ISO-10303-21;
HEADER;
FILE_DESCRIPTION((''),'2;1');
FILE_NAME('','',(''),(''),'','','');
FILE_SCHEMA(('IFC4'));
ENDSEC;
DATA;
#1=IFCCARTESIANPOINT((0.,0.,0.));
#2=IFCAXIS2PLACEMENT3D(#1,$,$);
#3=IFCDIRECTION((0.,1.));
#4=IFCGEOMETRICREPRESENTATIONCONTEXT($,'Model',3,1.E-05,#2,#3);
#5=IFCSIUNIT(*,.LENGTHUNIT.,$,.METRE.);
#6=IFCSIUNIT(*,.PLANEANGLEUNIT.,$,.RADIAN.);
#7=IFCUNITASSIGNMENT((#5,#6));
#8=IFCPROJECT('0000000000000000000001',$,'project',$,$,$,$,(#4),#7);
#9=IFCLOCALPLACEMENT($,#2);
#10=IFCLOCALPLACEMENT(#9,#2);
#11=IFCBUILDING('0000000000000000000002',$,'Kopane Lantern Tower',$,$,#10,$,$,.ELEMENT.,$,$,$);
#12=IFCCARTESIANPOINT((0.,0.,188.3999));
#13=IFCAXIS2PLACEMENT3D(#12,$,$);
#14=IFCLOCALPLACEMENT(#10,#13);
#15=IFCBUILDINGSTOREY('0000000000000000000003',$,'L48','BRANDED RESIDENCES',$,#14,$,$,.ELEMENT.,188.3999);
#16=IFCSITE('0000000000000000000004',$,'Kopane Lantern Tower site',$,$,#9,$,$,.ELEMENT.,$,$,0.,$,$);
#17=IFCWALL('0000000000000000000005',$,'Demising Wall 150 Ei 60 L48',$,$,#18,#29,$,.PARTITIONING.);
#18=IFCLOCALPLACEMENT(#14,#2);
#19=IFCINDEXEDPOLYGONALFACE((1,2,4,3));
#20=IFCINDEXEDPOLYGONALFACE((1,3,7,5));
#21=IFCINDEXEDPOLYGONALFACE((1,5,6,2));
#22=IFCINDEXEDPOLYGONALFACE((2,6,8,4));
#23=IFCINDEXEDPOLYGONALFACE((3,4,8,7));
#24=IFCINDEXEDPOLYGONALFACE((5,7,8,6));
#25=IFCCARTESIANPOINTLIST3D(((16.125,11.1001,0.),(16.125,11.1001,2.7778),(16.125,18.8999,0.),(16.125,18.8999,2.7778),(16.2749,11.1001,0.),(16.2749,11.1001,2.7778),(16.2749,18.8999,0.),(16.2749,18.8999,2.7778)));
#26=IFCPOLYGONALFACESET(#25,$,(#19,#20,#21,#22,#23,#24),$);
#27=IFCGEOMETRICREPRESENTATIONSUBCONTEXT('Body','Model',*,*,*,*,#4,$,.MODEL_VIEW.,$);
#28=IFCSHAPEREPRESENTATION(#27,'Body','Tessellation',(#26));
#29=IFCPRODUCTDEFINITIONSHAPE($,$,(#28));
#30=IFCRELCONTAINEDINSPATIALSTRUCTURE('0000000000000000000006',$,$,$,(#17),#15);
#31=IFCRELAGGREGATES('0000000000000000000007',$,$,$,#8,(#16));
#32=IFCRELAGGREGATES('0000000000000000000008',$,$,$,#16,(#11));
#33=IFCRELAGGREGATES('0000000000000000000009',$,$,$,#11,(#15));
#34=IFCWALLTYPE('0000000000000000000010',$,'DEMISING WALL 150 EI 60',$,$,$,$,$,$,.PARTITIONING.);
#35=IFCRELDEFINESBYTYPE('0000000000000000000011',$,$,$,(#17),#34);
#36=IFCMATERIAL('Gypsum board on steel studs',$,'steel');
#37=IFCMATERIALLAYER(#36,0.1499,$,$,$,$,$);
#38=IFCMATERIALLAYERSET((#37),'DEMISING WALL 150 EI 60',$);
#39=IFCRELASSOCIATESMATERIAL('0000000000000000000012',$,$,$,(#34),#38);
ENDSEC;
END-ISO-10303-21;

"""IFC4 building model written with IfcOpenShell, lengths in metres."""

from ifc_helpers import new_model, si_unit, direction, frame, frame_2d, origin, place, context, subcontext, project, spatial, rectangle, extrude, material, layer, layer_set, type_object, element, save


model = new_model("IFC4")

# Units and contexts
model_context = context("Model", 3, precision=1e-05, world=origin(), true_north=direction((0.0, 1.0)))
body_context = subcontext(model_context, "Body", "Model", "MODEL_VIEW")
ifc_project = project(units=[si_unit("LENGTHUNIT", "METRE"), si_unit("PLANEANGLEUNIT", "RADIAN")], contexts=[model_context])

# Site, building, storey
site_placement = place(None, origin())
site = spatial("IfcSite", under=ifc_project, at=site_placement, Name="Kopane Lantern Tower site", CompositionType="ELEMENT", RefElevation=0.0)
building_placement = place(site_placement, origin())
building = spatial("IfcBuilding", under=site, at=building_placement, Name="Kopane Lantern Tower", CompositionType="ELEMENT")
storey_placement = place(building_placement, frame((0.0, 0.0, 188.3999)))
storey = spatial("IfcBuildingStorey", under=building, at=storey_placement, Name="L48", Description="BRANDED RESIDENCES", CompositionType="ELEMENT", Elevation=188.3999)

# Wall
ifc_material_1 = material(Name="Gypsum board on steel studs", Category="steel")
ifc_layer_1 = layer(ifc_material_1, 0.1499)
ifc_layer_set_1 = layer_set([ifc_layer_1], Name="DEMISING WALL 150 EI 60")
wall_type_1 = type_object("IfcWallType", Name="DEMISING WALL 150 EI 60", PredefinedType="PARTITIONING", material=ifc_layer_set_1)
wall_1_placement = place(storey_placement, frame((16.2, 18.8999, 0.0), z_axis=(0.0, 0.0, 1.0), x_axis=(0.0, -1.0, 0.0)))
element("IfcWall", 1, at=wall_1_placement, inside=storey, type_object=wall_type_1, Name="Demising Wall 150 Ei 60 L48", PredefinedType="PARTITIONING", context=body_context, shape_type="SweptSolid", body=[
    extrude(rectangle(XDim=7.7998, YDim=0.1499, at=frame_2d((3.8999, 0.0))), origin(), (0.0, 0.0, 1.0), 2.7778),
])

save(model, "model.ifc")
